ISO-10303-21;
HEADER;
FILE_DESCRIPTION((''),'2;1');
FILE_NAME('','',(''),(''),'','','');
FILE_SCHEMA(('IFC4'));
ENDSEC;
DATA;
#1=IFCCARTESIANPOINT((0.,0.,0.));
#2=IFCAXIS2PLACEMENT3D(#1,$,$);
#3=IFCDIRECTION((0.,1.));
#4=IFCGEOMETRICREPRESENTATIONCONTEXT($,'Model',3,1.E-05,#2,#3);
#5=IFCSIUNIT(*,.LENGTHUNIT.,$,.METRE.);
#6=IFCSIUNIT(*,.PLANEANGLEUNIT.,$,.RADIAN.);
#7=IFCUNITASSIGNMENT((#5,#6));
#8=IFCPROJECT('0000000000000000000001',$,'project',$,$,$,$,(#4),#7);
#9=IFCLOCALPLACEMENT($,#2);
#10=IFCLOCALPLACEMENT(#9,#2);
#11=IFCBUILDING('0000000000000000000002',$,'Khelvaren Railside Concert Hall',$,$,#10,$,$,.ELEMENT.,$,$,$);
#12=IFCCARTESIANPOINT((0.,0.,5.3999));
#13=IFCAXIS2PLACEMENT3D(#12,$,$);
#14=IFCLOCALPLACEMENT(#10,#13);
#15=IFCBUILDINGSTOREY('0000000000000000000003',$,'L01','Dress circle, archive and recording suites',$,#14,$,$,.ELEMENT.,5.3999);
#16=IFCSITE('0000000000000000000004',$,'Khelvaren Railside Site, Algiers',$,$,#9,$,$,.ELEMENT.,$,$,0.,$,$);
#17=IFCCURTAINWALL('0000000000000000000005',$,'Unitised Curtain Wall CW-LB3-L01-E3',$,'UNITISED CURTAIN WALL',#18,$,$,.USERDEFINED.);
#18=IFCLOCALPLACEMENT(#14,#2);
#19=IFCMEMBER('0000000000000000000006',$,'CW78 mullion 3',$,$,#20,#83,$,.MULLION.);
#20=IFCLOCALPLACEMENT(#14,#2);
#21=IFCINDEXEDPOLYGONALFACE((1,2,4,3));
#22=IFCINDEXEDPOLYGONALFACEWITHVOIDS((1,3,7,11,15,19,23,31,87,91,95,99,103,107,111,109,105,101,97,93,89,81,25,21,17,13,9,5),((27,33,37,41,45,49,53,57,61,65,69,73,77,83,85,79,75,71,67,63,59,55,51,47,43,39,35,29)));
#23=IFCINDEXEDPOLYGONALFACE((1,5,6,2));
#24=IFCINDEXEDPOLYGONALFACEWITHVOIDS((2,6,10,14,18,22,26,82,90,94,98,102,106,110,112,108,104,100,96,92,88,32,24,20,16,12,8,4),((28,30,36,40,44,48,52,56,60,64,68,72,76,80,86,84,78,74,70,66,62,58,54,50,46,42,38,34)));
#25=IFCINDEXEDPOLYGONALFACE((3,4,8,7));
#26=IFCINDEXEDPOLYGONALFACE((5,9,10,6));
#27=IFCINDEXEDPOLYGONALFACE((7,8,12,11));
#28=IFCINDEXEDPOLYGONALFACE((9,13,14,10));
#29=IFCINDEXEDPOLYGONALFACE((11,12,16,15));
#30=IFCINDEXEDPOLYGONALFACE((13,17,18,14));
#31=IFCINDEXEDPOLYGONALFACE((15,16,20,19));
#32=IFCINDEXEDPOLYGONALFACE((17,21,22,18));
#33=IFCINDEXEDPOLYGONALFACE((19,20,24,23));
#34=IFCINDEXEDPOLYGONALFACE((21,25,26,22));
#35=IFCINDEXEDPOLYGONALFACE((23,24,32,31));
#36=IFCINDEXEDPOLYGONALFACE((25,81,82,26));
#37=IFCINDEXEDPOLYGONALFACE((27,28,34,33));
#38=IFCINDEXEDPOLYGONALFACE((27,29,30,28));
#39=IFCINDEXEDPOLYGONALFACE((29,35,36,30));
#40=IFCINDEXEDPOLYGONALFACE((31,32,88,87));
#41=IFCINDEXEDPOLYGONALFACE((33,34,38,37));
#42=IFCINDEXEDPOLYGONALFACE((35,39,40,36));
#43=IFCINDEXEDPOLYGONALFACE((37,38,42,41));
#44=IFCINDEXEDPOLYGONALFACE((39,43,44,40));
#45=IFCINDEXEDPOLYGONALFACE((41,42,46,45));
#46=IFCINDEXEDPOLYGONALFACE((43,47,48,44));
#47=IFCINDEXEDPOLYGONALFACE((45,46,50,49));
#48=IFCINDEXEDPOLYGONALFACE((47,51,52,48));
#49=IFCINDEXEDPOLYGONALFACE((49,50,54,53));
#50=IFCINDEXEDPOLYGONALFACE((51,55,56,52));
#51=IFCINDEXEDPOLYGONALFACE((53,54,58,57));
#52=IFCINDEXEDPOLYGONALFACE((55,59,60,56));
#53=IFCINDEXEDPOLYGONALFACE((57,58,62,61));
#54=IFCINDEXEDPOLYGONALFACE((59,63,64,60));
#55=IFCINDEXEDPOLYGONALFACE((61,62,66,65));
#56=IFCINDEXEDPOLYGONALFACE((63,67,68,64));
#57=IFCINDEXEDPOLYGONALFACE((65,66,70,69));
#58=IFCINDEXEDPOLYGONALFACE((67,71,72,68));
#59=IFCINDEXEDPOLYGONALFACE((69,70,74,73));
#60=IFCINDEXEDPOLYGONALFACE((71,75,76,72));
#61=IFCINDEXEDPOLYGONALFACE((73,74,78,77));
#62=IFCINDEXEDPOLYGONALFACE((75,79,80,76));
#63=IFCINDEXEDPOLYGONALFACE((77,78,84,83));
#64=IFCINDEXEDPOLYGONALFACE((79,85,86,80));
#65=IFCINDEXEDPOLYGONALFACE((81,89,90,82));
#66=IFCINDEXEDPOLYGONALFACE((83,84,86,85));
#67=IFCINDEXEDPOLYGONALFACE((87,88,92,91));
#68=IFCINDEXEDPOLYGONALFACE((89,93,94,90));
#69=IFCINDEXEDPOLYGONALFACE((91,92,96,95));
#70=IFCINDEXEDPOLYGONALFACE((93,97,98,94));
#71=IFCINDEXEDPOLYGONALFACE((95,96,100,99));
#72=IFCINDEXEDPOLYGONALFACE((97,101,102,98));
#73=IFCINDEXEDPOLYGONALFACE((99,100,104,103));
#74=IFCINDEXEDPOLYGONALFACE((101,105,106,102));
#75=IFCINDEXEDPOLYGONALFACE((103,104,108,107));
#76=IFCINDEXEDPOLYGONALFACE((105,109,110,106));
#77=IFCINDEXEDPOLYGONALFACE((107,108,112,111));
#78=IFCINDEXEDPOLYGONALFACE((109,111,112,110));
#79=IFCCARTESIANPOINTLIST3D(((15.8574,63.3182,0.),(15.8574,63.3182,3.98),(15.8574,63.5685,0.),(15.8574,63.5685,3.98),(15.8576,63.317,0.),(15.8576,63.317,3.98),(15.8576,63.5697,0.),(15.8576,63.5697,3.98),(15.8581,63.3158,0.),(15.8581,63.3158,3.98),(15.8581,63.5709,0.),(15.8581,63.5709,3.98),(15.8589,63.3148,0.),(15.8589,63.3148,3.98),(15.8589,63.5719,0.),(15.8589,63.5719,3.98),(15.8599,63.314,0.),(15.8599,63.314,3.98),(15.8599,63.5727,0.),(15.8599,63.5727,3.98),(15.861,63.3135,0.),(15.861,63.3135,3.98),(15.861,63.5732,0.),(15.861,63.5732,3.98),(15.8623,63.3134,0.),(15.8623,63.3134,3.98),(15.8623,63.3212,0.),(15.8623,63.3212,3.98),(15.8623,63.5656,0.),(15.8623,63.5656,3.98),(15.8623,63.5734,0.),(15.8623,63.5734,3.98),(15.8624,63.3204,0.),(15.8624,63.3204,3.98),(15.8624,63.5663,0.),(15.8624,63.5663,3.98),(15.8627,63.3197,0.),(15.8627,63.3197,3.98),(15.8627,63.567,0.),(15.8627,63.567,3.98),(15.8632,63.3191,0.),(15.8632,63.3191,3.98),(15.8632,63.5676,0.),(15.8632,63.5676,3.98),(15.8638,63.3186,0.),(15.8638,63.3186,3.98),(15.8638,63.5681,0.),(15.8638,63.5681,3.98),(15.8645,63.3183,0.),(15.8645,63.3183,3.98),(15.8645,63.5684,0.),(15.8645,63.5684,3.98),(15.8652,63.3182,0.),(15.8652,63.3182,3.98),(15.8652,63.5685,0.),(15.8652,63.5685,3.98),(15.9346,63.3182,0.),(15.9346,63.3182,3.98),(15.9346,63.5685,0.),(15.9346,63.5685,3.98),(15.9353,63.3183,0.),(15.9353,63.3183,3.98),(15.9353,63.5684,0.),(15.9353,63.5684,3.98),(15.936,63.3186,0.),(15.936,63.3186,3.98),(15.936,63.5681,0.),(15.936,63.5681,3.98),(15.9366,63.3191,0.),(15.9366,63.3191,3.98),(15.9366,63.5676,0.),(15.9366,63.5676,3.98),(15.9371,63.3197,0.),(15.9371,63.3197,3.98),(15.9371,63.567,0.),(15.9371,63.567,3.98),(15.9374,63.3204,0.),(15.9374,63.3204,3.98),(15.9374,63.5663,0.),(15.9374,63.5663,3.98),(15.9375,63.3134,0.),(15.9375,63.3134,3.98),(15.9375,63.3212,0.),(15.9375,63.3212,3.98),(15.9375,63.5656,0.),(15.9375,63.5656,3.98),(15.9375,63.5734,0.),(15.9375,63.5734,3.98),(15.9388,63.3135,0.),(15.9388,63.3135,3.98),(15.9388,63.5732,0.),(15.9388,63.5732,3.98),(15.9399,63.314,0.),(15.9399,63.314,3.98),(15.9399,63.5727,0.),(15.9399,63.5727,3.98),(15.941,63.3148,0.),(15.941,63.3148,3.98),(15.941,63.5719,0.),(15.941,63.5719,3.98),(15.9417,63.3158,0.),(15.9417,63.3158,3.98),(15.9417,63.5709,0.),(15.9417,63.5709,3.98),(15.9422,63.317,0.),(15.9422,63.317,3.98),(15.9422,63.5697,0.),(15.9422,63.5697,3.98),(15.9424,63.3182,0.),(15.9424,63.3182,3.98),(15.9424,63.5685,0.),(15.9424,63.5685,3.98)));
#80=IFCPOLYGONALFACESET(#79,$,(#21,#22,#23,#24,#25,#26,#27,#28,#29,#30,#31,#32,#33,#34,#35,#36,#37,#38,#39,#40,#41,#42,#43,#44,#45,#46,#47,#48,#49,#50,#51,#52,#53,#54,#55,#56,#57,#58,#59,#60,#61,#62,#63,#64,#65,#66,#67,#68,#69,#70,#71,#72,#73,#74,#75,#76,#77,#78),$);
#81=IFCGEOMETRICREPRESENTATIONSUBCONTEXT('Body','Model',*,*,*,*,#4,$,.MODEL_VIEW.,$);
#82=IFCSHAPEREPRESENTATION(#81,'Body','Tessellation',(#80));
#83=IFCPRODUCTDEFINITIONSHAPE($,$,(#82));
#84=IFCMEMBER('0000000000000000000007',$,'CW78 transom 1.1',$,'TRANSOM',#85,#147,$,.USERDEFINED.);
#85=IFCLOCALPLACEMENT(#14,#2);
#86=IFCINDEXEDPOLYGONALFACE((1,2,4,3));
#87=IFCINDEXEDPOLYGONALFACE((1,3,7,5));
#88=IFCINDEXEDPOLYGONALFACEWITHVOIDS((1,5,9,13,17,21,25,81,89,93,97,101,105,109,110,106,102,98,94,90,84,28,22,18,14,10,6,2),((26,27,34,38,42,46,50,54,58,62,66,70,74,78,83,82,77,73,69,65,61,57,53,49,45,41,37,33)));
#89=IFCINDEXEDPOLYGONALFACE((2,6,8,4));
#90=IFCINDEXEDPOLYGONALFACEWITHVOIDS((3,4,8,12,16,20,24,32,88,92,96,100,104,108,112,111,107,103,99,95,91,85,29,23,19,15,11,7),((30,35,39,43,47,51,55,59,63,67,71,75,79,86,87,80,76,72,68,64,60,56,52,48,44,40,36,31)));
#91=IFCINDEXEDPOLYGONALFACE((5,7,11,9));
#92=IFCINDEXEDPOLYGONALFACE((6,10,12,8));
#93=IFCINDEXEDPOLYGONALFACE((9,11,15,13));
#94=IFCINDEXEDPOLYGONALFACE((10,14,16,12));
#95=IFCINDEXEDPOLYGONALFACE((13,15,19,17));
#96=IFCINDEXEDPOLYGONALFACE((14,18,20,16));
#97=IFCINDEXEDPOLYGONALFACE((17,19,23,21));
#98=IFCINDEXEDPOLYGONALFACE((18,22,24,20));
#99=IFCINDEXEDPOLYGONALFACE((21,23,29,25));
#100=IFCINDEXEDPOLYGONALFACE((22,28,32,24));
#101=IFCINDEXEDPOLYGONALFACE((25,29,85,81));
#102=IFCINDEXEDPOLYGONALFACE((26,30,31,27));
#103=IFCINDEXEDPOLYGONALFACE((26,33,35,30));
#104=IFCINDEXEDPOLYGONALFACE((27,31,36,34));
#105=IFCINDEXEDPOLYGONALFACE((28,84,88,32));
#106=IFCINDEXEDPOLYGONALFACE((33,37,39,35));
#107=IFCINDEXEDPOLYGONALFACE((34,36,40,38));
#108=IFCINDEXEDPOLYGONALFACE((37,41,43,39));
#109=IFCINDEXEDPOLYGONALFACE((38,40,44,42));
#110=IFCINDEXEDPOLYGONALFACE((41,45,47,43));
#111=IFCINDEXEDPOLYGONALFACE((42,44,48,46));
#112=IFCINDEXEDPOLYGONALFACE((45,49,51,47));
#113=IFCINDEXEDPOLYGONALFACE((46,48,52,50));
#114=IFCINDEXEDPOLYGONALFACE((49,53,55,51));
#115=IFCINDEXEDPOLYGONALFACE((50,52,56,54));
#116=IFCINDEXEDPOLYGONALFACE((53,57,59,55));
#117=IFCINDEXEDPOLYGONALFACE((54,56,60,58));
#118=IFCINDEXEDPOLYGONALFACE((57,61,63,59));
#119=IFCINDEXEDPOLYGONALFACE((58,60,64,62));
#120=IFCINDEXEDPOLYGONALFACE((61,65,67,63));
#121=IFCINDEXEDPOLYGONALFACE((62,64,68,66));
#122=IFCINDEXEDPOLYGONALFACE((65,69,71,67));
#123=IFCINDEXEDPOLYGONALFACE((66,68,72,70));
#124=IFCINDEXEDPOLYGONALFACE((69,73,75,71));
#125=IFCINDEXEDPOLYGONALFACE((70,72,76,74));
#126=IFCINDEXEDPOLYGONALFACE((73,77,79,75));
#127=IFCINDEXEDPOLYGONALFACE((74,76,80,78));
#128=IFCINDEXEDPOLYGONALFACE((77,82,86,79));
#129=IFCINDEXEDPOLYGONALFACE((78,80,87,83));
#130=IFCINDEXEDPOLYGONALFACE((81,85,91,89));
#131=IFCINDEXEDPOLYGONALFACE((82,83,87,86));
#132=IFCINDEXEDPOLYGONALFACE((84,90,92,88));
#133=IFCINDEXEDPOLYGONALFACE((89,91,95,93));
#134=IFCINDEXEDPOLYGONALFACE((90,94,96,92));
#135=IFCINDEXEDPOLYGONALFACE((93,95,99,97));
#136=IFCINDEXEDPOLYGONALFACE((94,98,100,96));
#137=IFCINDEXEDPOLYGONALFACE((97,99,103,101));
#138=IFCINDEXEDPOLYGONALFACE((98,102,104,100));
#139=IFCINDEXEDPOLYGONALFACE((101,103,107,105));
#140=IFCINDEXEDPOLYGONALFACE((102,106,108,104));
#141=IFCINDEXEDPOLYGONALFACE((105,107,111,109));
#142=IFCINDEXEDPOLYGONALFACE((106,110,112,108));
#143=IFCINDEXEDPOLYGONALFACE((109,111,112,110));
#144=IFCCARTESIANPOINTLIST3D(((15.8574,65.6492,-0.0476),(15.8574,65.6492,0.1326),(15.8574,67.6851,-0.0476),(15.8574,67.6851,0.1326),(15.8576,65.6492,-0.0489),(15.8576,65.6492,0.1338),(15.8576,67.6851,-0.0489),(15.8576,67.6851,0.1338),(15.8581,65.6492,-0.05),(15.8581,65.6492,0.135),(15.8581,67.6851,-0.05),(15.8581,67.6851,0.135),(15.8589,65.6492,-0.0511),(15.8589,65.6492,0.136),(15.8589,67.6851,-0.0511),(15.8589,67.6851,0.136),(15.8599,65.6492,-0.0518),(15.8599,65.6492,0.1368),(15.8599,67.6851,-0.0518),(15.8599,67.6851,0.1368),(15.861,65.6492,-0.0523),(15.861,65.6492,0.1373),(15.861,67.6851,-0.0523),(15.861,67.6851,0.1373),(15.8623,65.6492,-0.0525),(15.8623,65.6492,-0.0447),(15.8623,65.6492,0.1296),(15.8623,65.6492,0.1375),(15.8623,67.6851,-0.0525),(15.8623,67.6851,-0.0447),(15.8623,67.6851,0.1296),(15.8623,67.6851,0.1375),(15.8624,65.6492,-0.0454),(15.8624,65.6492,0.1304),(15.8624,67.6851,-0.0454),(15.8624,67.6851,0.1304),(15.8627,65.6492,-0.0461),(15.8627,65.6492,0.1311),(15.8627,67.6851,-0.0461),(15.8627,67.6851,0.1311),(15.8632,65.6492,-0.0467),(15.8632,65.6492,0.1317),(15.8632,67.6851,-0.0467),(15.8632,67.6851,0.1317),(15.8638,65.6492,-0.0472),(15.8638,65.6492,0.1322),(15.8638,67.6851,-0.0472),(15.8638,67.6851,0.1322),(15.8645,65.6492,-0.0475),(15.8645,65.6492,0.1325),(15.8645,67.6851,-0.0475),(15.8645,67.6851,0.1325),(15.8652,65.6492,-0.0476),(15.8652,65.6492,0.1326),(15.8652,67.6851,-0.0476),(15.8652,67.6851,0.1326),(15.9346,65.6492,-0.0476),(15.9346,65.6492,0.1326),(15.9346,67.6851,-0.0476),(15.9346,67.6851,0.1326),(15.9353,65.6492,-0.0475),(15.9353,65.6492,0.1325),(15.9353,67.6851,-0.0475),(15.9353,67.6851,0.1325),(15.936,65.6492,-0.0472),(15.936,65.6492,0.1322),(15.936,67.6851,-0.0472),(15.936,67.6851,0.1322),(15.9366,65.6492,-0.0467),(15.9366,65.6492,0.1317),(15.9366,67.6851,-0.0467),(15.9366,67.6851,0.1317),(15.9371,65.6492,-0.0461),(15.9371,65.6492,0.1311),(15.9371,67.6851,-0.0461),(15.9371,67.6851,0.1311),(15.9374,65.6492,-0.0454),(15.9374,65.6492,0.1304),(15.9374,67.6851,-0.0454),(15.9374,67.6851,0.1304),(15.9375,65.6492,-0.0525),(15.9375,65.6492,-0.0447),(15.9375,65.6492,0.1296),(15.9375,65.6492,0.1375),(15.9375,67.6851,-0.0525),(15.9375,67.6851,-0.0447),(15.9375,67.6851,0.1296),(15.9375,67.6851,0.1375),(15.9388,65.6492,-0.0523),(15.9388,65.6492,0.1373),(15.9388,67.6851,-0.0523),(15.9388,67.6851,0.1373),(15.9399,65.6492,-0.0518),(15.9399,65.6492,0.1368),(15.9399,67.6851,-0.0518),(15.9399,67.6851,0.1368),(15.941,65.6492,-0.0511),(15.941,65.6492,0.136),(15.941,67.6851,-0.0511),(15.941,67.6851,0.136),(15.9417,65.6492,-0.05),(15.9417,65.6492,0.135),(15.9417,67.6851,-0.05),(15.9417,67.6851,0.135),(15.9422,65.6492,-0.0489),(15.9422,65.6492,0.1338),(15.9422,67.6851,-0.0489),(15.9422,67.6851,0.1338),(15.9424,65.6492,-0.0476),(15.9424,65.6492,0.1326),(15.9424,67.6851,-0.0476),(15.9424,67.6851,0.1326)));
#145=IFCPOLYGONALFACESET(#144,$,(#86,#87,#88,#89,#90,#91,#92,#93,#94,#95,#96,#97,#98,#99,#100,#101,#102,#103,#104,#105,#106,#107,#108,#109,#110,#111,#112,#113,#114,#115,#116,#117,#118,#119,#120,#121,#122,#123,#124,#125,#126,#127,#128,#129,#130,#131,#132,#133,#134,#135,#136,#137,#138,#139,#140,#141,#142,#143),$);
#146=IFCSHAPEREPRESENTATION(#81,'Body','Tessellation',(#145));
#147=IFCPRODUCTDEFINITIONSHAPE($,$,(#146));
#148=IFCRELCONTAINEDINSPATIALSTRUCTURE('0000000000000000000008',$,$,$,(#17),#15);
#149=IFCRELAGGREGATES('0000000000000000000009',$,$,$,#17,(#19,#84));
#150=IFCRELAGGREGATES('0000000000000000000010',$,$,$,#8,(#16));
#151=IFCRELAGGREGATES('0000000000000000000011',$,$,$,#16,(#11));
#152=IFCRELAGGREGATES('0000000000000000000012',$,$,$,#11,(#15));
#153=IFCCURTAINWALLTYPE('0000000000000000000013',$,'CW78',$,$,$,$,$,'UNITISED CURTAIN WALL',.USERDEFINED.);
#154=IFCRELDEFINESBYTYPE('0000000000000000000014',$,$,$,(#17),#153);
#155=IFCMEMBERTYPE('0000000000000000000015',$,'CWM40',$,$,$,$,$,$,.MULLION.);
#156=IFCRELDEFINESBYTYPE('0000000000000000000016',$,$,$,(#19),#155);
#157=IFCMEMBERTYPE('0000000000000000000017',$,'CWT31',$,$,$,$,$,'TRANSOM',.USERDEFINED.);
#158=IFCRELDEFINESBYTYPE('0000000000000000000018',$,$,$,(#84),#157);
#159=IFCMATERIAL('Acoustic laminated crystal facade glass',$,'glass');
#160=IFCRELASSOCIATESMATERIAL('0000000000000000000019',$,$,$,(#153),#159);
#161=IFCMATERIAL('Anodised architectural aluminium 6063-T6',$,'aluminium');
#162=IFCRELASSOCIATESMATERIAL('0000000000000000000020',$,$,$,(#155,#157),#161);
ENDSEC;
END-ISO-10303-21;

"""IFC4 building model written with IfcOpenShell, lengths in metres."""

from ifc_helpers import new_model, si_unit, direction, frame, origin, origin_2d, place, context, subcontext, project, spatial, hollow_rectangle, extrude, material, material_profile, profile_set, type_object, element, aggregate, save


model = new_model("IFC4")

# Units and contexts
model_context = context("Model", 3, precision=1e-05, world=origin(), true_north=direction((0.0, 1.0)))
body_context = subcontext(model_context, "Body", "Model", "MODEL_VIEW")
ifc_project = project(units=[si_unit("LENGTHUNIT", "METRE"), si_unit("PLANEANGLEUNIT", "RADIAN")], contexts=[model_context])

# Site, building, storey
site_placement = place(None, origin())
site = spatial("IfcSite", under=ifc_project, at=site_placement, Name="Khelvaren Railside Site, Algiers", CompositionType="ELEMENT", RefElevation=0.0)
building_placement = place(site_placement, origin())
building = spatial("IfcBuilding", under=site, at=building_placement, Name="Khelvaren Railside Concert Hall", CompositionType="ELEMENT")
storey_placement = place(building_placement, frame((0.0, 0.0, 5.3999)))
storey = spatial("IfcBuildingStorey", under=building, at=storey_placement, Name="L01", Description="Dress circle, archive and recording suites", CompositionType="ELEMENT", Elevation=5.3999)

# Curtain wall, members
ifc_material_1 = material(Name="Acoustic laminated crystal facade glass", Category="glass")
curtain_wall_type = type_object("IfcCurtainWallType", Name="CW78", ElementType="UNITISED CURTAIN WALL", PredefinedType="USERDEFINED", material=ifc_material_1)
curtain_wall_placement = place(storey_placement, origin())
curtain_wall = element("IfcCurtainWall", 1, at=curtain_wall_placement, inside=storey, type_object=curtain_wall_type, Name="Unitised Curtain Wall CW-LB3-L01-E3", ObjectType="UNITISED CURTAIN WALL", PredefinedType="USERDEFINED")
ifc_material_2 = material(Name="Anodised architectural aluminium 6063-T6", Category="aluminium")
ifc_material_profile_1 = material_profile(ifc_material_2, hollow_rectangle(XDim=0.085, YDim=0.26, WallThickness=0.0049, InnerFilletRadius=0.0029, OuterFilletRadius=0.0049, at=origin_2d()), Name="CWM 85x260x5")
ifc_profile_set_1 = profile_set([ifc_material_profile_1], Name="Anodised architectural aluminium 6063-T6")
member_type_1 = type_object("IfcMemberType", Name="CWM40", PredefinedType="MULLION", material=ifc_profile_set_1)
member_1_placement = place(storey_placement, frame((15.8999, 63.4434, 0.0), z_axis=(0.0, 0.0, 1.0), x_axis=(1.0, 0.0, 0.0)))
member_1 = element("IfcMember", 2, at=member_1_placement, type_object=member_type_1, Name="CW78 mullion 3", PredefinedType="MULLION", context=body_context, shape_type="SweptSolid", body=[
    extrude(hollow_rectangle(XDim=0.085, YDim=0.26, WallThickness=0.0049, InnerFilletRadius=0.0029, OuterFilletRadius=0.0049, at=origin_2d()), origin(), (0.0, 0.0, 1.0), 3.98),
])
ifc_material_profile_2 = material_profile(ifc_material_2, hollow_rectangle(XDim=0.085, YDim=0.1899, WallThickness=0.0049, InnerFilletRadius=0.0029, OuterFilletRadius=0.0049, at=origin_2d()), Name="CWT 85x190x5")
ifc_profile_set_2 = profile_set([ifc_material_profile_2], Name="Anodised architectural aluminium 6063-T6")
member_type_2 = type_object("IfcMemberType", Name="CWT31", ElementType="TRANSOM", PredefinedType="USERDEFINED", material=ifc_profile_set_2)
member_2_placement = place(storey_placement, frame((15.8999, 67.6851, 0.0425), z_axis=(0.0, -1.0, 0.0), x_axis=(1.0, 0.0, 0.0)))
member_2 = element("IfcMember", 3, at=member_2_placement, type_object=member_type_2, Name="CW78 transom 1.1", ObjectType="TRANSOM", PredefinedType="USERDEFINED", context=body_context, shape_type="SweptSolid", body=[
    extrude(hollow_rectangle(XDim=0.085, YDim=0.1899, WallThickness=0.0049, InnerFilletRadius=0.0029, OuterFilletRadius=0.0049, at=origin_2d()), origin(), (0.0, 0.0, 1.0), 2.0359),
])
aggregate(curtain_wall, [member_1, member_2])

save(model, "model.ifc")
